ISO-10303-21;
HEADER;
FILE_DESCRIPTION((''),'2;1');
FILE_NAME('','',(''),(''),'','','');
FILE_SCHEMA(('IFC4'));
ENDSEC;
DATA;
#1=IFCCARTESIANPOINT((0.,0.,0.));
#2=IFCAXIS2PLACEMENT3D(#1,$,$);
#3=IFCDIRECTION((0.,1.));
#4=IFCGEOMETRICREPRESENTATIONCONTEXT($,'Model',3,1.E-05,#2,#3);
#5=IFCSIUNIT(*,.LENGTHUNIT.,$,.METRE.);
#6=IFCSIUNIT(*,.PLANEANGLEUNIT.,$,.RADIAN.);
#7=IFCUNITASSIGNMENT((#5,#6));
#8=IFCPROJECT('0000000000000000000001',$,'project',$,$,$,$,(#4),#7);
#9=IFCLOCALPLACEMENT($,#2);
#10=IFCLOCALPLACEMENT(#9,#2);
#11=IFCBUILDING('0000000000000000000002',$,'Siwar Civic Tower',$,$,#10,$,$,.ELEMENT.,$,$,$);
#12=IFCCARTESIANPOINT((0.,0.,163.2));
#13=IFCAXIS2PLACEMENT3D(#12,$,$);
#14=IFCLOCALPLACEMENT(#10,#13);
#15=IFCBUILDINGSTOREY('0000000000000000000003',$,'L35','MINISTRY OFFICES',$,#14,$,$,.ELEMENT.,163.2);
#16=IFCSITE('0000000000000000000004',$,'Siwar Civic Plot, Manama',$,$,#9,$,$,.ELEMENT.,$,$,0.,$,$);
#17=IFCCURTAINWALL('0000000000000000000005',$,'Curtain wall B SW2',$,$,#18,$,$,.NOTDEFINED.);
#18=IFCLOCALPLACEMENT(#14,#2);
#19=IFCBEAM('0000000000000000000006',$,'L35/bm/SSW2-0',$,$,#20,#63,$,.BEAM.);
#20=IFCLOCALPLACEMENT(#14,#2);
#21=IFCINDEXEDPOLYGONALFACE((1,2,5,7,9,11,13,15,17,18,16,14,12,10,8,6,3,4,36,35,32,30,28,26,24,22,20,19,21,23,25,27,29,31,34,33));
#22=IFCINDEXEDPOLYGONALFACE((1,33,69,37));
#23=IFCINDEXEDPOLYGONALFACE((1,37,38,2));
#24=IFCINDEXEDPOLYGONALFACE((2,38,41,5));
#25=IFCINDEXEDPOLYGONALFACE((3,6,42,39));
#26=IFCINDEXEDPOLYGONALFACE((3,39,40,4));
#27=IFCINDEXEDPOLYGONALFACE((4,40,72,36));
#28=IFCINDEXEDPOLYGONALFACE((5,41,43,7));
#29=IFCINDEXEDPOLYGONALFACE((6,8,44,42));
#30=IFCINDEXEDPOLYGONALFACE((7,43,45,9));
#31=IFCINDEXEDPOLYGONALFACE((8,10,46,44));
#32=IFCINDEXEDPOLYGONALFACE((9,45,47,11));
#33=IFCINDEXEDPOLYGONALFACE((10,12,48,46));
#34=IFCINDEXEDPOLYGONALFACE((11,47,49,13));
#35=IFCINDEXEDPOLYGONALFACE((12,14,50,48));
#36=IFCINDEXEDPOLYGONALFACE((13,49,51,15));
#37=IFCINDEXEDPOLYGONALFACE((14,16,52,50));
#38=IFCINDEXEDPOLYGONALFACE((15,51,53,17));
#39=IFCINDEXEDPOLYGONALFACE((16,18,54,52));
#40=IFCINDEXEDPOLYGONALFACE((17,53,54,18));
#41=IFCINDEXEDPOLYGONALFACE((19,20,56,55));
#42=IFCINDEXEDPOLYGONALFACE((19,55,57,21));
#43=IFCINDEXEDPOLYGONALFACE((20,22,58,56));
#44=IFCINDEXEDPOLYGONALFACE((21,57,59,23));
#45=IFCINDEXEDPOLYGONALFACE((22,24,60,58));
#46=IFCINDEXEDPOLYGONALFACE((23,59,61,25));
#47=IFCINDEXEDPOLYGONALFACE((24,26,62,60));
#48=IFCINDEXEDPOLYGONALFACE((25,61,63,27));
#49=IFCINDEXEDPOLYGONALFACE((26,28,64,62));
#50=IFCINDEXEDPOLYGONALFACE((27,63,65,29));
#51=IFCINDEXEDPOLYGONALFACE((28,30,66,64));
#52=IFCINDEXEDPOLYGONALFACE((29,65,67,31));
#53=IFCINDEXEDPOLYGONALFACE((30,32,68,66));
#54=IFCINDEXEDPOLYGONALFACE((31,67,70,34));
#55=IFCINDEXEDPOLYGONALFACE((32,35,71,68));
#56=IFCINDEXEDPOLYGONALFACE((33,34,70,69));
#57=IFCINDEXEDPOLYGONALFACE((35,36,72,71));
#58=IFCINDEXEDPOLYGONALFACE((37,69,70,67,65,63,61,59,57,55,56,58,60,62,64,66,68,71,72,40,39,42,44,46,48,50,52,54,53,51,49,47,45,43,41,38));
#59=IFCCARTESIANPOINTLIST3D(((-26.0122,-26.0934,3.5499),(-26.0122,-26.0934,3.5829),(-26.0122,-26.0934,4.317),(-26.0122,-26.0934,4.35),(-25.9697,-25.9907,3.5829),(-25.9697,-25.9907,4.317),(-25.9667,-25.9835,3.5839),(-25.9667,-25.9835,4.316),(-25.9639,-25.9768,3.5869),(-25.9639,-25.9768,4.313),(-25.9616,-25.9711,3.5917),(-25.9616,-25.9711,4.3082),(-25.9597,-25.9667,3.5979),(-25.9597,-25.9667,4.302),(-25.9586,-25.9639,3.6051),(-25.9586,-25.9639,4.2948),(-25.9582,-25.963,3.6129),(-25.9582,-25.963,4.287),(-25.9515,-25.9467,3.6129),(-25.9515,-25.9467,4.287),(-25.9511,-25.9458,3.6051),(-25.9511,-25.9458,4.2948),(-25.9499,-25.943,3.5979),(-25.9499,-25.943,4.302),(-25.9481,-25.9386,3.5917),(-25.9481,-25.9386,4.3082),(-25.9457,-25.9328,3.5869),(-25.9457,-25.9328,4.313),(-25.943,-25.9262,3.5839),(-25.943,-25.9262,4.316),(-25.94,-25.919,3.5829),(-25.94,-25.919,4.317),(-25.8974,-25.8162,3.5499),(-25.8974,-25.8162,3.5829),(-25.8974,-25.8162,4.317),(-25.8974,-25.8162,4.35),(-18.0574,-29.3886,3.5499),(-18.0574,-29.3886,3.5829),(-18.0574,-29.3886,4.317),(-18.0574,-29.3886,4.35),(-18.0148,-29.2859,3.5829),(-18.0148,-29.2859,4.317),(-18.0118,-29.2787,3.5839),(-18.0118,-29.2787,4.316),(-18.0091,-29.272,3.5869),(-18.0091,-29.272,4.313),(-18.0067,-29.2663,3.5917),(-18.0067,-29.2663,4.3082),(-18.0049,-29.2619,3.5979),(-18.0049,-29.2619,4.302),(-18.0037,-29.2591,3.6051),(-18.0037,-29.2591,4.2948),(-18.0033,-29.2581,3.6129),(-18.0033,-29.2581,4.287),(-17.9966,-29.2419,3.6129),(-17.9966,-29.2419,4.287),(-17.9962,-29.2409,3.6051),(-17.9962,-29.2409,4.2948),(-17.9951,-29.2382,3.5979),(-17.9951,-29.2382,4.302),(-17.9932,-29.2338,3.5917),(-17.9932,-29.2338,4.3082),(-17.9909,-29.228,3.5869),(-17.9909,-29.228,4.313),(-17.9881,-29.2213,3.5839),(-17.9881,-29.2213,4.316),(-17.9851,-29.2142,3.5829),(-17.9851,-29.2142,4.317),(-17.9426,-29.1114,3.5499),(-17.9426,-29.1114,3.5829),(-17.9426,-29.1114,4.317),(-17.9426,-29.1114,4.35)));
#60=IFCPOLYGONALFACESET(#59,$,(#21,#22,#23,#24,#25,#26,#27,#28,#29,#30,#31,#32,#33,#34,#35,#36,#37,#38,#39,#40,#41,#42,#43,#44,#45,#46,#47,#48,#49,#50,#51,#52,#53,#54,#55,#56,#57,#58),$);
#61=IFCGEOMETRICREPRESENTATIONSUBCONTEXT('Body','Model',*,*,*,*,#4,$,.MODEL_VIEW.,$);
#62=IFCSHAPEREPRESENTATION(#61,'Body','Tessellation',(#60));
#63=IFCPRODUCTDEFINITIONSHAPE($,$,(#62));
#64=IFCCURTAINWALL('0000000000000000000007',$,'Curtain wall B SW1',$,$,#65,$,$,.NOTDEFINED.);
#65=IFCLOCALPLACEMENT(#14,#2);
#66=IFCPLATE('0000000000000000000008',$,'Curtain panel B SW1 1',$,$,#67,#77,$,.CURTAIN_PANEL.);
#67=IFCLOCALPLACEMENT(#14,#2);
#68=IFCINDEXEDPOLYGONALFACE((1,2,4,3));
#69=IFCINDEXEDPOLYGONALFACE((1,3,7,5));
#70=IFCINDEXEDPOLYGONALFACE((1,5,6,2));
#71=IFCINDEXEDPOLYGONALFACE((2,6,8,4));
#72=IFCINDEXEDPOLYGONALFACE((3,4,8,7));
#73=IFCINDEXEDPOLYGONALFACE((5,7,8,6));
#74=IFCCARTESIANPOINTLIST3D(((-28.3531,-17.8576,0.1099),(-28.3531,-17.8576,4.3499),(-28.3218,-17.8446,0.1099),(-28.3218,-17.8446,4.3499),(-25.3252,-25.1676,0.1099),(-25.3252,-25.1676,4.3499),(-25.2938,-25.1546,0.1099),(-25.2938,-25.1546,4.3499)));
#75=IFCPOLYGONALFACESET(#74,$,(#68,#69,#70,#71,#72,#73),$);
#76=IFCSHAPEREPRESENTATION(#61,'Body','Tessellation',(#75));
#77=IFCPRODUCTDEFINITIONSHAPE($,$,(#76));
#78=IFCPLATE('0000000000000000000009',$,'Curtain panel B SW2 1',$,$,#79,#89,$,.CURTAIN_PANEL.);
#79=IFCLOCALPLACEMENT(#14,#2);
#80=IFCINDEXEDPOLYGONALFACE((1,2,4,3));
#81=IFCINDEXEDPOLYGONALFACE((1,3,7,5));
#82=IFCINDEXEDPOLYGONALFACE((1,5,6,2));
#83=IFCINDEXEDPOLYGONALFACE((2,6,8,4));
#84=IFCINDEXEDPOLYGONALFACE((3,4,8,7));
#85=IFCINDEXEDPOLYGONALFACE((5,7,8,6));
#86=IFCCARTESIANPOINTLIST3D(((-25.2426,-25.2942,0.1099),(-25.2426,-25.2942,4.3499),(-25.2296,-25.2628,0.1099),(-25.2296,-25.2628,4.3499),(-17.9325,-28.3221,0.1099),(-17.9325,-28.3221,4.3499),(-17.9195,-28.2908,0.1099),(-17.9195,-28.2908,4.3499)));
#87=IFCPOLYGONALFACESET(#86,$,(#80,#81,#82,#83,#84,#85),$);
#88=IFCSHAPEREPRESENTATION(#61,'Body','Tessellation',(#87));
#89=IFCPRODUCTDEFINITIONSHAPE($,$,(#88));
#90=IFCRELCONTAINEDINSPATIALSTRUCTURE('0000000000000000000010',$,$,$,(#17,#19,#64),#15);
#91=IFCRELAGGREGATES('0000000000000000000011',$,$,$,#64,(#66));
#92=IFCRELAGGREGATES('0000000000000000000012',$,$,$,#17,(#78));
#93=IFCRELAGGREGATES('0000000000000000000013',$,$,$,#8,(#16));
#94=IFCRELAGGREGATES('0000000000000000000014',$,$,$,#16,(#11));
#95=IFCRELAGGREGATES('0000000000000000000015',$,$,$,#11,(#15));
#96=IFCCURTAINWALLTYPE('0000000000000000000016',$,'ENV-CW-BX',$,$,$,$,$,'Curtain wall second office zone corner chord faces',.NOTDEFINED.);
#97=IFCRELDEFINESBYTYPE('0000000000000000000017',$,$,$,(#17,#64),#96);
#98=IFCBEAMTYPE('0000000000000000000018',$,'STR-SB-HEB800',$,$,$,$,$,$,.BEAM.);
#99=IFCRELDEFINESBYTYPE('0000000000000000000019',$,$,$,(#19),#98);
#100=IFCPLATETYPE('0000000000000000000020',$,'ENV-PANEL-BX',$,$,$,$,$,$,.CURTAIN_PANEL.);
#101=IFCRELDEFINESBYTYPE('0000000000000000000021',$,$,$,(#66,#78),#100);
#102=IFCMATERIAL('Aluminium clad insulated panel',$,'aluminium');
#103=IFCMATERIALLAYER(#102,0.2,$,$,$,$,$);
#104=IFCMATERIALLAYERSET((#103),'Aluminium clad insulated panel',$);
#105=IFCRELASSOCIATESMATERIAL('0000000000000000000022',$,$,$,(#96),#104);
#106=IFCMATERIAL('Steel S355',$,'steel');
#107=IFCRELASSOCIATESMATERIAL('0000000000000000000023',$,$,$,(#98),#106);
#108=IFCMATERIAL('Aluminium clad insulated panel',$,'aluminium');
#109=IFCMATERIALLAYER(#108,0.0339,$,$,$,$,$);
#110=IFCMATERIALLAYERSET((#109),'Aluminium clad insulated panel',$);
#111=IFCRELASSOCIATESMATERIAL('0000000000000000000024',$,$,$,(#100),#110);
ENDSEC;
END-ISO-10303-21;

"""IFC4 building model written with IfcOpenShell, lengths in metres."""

from ifc_helpers import new_model, si_unit, direction, frame, origin, origin_2d, place, context, subcontext, project, spatial, rectangle, i_section, extrude, material, layer, layer_set, material_profile, profile_set, type_object, element, aggregate, save


model = new_model("IFC4")

# Units and contexts
model_context = context("Model", 3, precision=1e-05, world=origin(), true_north=direction((0.0, 1.0)))
body_context = subcontext(model_context, "Body", "Model", "MODEL_VIEW")
ifc_project = project(units=[si_unit("LENGTHUNIT", "METRE"), si_unit("PLANEANGLEUNIT", "RADIAN")], contexts=[model_context])

# Site, building, storey
site_placement = place(None, origin())
site = spatial("IfcSite", under=ifc_project, at=site_placement, Name="Siwar Civic Plot, Manama", CompositionType="ELEMENT", RefElevation=0.0)
building_placement = place(site_placement, origin())
building = spatial("IfcBuilding", under=site, at=building_placement, Name="Siwar Civic Tower", CompositionType="ELEMENT")
storey_placement = place(building_placement, frame((0.0, 0.0, 163.2)))
storey = spatial("IfcBuildingStorey", under=building, at=storey_placement, Name="L35", Description="MINISTRY OFFICES", CompositionType="ELEMENT", Elevation=163.2)

# Curtain wall
ifc_material_1 = material(Name="Aluminium clad insulated panel", Category="aluminium")
ifc_layer_1 = layer(ifc_material_1, 0.2)
ifc_layer_set_1 = layer_set([ifc_layer_1], Name="Aluminium clad insulated panel")
curtain_wall_type = type_object("IfcCurtainWallType", Name="ENV-CW-BX", ElementType="Curtain wall second office zone corner chord faces", PredefinedType="NOTDEFINED", material=ifc_layer_set_1)
curtain_wall_1_placement = place(storey_placement, origin())
curtain_wall_1 = element("IfcCurtainWall", 1, at=curtain_wall_1_placement, inside=storey, type_object=curtain_wall_type, Name="Curtain wall B SW2", PredefinedType="NOTDEFINED")

# Beam
ifc_material_2 = material(Name="Steel S355", Category="steel")
ifc_material_profile_1 = material_profile(ifc_material_2, i_section(OverallWidth=0.3, OverallDepth=0.8, WebThickness=0.0176, FlangeThickness=0.033, FilletRadius=0.03, at=origin_2d()), Name="HEB800")
ifc_profile_set_1 = profile_set([ifc_material_profile_1], Name="Steel S355")
beam_type_1 = type_object("IfcBeamType", Name="STR-SB-HEB800", PredefinedType="BEAM", material=ifc_profile_set_1)
beam_1_placement = place(storey_placement, frame((-25.9548, -25.9548, 3.95), z_axis=(0.923873, -0.3827, 0.0), x_axis=(0.3827, 0.923873, 0.0)))
element("IfcBeam", 2, at=beam_1_placement, inside=storey, type_object=beam_type_1, Name="L35/bm/SSW2-0", PredefinedType="BEAM", context=body_context, shape_type="SweptSolid", body=[
    extrude(i_section(OverallWidth=0.3, OverallDepth=0.8, WebThickness=0.0176, FlangeThickness=0.033, FilletRadius=0.03, at=origin_2d()), origin(), (0.0, 0.0, 1.0), 8.6104),
])

# Curtain wall, plate
curtain_wall_2_placement = place(storey_placement, origin())
curtain_wall_2 = element("IfcCurtainWall", 3, at=curtain_wall_2_placement, inside=storey, type_object=curtain_wall_type, Name="Curtain wall B SW1", PredefinedType="NOTDEFINED")
ifc_material_3 = material(Name="Aluminium clad insulated panel", Category="aluminium")
ifc_layer_2 = layer(ifc_material_3, 0.0339)
ifc_layer_set_2 = layer_set([ifc_layer_2], Name="Aluminium clad insulated panel")
plate_type = type_object("IfcPlateType", Name="ENV-PANEL-BX", PredefinedType="CURTAIN_PANEL", material=ifc_layer_set_2)
plate_1_placement = place(storey_placement, frame((-26.8235, -21.5061, 0.1099), z_axis=(0.0, 0.0, 1.0), x_axis=(0.382683, -0.92388, 0.0)))
plate_1 = element("IfcPlate", 4, at=plate_1_placement, type_object=plate_type, Name="Curtain panel B SW1 1", PredefinedType="CURTAIN_PANEL", context=body_context, shape_type="SweptSolid", body=[
    extrude(rectangle(XDim=7.9124, YDim=0.0339, at=origin_2d()), origin(), (0.0, 0.0, 1.0), 4.24),
])
aggregate(curtain_wall_2, [plate_1])

# Plate
plate_2_placement = place(storey_placement, frame((-21.5811, -26.7925, 0.1099), z_axis=(0.0, 0.0, 1.0), x_axis=(0.92388, -0.382683, 0.0)))
plate_2 = element("IfcPlate", 5, at=plate_2_placement, type_object=plate_type, Name="Curtain panel B SW2 1", PredefinedType="CURTAIN_PANEL", context=body_context, shape_type="SweptSolid", body=[
    extrude(rectangle(XDim=7.9124, YDim=0.0339, at=origin_2d()), origin(), (0.0, 0.0, 1.0), 4.24),
])
aggregate(curtain_wall_1, [plate_2])

save(model, "model.ifc")
